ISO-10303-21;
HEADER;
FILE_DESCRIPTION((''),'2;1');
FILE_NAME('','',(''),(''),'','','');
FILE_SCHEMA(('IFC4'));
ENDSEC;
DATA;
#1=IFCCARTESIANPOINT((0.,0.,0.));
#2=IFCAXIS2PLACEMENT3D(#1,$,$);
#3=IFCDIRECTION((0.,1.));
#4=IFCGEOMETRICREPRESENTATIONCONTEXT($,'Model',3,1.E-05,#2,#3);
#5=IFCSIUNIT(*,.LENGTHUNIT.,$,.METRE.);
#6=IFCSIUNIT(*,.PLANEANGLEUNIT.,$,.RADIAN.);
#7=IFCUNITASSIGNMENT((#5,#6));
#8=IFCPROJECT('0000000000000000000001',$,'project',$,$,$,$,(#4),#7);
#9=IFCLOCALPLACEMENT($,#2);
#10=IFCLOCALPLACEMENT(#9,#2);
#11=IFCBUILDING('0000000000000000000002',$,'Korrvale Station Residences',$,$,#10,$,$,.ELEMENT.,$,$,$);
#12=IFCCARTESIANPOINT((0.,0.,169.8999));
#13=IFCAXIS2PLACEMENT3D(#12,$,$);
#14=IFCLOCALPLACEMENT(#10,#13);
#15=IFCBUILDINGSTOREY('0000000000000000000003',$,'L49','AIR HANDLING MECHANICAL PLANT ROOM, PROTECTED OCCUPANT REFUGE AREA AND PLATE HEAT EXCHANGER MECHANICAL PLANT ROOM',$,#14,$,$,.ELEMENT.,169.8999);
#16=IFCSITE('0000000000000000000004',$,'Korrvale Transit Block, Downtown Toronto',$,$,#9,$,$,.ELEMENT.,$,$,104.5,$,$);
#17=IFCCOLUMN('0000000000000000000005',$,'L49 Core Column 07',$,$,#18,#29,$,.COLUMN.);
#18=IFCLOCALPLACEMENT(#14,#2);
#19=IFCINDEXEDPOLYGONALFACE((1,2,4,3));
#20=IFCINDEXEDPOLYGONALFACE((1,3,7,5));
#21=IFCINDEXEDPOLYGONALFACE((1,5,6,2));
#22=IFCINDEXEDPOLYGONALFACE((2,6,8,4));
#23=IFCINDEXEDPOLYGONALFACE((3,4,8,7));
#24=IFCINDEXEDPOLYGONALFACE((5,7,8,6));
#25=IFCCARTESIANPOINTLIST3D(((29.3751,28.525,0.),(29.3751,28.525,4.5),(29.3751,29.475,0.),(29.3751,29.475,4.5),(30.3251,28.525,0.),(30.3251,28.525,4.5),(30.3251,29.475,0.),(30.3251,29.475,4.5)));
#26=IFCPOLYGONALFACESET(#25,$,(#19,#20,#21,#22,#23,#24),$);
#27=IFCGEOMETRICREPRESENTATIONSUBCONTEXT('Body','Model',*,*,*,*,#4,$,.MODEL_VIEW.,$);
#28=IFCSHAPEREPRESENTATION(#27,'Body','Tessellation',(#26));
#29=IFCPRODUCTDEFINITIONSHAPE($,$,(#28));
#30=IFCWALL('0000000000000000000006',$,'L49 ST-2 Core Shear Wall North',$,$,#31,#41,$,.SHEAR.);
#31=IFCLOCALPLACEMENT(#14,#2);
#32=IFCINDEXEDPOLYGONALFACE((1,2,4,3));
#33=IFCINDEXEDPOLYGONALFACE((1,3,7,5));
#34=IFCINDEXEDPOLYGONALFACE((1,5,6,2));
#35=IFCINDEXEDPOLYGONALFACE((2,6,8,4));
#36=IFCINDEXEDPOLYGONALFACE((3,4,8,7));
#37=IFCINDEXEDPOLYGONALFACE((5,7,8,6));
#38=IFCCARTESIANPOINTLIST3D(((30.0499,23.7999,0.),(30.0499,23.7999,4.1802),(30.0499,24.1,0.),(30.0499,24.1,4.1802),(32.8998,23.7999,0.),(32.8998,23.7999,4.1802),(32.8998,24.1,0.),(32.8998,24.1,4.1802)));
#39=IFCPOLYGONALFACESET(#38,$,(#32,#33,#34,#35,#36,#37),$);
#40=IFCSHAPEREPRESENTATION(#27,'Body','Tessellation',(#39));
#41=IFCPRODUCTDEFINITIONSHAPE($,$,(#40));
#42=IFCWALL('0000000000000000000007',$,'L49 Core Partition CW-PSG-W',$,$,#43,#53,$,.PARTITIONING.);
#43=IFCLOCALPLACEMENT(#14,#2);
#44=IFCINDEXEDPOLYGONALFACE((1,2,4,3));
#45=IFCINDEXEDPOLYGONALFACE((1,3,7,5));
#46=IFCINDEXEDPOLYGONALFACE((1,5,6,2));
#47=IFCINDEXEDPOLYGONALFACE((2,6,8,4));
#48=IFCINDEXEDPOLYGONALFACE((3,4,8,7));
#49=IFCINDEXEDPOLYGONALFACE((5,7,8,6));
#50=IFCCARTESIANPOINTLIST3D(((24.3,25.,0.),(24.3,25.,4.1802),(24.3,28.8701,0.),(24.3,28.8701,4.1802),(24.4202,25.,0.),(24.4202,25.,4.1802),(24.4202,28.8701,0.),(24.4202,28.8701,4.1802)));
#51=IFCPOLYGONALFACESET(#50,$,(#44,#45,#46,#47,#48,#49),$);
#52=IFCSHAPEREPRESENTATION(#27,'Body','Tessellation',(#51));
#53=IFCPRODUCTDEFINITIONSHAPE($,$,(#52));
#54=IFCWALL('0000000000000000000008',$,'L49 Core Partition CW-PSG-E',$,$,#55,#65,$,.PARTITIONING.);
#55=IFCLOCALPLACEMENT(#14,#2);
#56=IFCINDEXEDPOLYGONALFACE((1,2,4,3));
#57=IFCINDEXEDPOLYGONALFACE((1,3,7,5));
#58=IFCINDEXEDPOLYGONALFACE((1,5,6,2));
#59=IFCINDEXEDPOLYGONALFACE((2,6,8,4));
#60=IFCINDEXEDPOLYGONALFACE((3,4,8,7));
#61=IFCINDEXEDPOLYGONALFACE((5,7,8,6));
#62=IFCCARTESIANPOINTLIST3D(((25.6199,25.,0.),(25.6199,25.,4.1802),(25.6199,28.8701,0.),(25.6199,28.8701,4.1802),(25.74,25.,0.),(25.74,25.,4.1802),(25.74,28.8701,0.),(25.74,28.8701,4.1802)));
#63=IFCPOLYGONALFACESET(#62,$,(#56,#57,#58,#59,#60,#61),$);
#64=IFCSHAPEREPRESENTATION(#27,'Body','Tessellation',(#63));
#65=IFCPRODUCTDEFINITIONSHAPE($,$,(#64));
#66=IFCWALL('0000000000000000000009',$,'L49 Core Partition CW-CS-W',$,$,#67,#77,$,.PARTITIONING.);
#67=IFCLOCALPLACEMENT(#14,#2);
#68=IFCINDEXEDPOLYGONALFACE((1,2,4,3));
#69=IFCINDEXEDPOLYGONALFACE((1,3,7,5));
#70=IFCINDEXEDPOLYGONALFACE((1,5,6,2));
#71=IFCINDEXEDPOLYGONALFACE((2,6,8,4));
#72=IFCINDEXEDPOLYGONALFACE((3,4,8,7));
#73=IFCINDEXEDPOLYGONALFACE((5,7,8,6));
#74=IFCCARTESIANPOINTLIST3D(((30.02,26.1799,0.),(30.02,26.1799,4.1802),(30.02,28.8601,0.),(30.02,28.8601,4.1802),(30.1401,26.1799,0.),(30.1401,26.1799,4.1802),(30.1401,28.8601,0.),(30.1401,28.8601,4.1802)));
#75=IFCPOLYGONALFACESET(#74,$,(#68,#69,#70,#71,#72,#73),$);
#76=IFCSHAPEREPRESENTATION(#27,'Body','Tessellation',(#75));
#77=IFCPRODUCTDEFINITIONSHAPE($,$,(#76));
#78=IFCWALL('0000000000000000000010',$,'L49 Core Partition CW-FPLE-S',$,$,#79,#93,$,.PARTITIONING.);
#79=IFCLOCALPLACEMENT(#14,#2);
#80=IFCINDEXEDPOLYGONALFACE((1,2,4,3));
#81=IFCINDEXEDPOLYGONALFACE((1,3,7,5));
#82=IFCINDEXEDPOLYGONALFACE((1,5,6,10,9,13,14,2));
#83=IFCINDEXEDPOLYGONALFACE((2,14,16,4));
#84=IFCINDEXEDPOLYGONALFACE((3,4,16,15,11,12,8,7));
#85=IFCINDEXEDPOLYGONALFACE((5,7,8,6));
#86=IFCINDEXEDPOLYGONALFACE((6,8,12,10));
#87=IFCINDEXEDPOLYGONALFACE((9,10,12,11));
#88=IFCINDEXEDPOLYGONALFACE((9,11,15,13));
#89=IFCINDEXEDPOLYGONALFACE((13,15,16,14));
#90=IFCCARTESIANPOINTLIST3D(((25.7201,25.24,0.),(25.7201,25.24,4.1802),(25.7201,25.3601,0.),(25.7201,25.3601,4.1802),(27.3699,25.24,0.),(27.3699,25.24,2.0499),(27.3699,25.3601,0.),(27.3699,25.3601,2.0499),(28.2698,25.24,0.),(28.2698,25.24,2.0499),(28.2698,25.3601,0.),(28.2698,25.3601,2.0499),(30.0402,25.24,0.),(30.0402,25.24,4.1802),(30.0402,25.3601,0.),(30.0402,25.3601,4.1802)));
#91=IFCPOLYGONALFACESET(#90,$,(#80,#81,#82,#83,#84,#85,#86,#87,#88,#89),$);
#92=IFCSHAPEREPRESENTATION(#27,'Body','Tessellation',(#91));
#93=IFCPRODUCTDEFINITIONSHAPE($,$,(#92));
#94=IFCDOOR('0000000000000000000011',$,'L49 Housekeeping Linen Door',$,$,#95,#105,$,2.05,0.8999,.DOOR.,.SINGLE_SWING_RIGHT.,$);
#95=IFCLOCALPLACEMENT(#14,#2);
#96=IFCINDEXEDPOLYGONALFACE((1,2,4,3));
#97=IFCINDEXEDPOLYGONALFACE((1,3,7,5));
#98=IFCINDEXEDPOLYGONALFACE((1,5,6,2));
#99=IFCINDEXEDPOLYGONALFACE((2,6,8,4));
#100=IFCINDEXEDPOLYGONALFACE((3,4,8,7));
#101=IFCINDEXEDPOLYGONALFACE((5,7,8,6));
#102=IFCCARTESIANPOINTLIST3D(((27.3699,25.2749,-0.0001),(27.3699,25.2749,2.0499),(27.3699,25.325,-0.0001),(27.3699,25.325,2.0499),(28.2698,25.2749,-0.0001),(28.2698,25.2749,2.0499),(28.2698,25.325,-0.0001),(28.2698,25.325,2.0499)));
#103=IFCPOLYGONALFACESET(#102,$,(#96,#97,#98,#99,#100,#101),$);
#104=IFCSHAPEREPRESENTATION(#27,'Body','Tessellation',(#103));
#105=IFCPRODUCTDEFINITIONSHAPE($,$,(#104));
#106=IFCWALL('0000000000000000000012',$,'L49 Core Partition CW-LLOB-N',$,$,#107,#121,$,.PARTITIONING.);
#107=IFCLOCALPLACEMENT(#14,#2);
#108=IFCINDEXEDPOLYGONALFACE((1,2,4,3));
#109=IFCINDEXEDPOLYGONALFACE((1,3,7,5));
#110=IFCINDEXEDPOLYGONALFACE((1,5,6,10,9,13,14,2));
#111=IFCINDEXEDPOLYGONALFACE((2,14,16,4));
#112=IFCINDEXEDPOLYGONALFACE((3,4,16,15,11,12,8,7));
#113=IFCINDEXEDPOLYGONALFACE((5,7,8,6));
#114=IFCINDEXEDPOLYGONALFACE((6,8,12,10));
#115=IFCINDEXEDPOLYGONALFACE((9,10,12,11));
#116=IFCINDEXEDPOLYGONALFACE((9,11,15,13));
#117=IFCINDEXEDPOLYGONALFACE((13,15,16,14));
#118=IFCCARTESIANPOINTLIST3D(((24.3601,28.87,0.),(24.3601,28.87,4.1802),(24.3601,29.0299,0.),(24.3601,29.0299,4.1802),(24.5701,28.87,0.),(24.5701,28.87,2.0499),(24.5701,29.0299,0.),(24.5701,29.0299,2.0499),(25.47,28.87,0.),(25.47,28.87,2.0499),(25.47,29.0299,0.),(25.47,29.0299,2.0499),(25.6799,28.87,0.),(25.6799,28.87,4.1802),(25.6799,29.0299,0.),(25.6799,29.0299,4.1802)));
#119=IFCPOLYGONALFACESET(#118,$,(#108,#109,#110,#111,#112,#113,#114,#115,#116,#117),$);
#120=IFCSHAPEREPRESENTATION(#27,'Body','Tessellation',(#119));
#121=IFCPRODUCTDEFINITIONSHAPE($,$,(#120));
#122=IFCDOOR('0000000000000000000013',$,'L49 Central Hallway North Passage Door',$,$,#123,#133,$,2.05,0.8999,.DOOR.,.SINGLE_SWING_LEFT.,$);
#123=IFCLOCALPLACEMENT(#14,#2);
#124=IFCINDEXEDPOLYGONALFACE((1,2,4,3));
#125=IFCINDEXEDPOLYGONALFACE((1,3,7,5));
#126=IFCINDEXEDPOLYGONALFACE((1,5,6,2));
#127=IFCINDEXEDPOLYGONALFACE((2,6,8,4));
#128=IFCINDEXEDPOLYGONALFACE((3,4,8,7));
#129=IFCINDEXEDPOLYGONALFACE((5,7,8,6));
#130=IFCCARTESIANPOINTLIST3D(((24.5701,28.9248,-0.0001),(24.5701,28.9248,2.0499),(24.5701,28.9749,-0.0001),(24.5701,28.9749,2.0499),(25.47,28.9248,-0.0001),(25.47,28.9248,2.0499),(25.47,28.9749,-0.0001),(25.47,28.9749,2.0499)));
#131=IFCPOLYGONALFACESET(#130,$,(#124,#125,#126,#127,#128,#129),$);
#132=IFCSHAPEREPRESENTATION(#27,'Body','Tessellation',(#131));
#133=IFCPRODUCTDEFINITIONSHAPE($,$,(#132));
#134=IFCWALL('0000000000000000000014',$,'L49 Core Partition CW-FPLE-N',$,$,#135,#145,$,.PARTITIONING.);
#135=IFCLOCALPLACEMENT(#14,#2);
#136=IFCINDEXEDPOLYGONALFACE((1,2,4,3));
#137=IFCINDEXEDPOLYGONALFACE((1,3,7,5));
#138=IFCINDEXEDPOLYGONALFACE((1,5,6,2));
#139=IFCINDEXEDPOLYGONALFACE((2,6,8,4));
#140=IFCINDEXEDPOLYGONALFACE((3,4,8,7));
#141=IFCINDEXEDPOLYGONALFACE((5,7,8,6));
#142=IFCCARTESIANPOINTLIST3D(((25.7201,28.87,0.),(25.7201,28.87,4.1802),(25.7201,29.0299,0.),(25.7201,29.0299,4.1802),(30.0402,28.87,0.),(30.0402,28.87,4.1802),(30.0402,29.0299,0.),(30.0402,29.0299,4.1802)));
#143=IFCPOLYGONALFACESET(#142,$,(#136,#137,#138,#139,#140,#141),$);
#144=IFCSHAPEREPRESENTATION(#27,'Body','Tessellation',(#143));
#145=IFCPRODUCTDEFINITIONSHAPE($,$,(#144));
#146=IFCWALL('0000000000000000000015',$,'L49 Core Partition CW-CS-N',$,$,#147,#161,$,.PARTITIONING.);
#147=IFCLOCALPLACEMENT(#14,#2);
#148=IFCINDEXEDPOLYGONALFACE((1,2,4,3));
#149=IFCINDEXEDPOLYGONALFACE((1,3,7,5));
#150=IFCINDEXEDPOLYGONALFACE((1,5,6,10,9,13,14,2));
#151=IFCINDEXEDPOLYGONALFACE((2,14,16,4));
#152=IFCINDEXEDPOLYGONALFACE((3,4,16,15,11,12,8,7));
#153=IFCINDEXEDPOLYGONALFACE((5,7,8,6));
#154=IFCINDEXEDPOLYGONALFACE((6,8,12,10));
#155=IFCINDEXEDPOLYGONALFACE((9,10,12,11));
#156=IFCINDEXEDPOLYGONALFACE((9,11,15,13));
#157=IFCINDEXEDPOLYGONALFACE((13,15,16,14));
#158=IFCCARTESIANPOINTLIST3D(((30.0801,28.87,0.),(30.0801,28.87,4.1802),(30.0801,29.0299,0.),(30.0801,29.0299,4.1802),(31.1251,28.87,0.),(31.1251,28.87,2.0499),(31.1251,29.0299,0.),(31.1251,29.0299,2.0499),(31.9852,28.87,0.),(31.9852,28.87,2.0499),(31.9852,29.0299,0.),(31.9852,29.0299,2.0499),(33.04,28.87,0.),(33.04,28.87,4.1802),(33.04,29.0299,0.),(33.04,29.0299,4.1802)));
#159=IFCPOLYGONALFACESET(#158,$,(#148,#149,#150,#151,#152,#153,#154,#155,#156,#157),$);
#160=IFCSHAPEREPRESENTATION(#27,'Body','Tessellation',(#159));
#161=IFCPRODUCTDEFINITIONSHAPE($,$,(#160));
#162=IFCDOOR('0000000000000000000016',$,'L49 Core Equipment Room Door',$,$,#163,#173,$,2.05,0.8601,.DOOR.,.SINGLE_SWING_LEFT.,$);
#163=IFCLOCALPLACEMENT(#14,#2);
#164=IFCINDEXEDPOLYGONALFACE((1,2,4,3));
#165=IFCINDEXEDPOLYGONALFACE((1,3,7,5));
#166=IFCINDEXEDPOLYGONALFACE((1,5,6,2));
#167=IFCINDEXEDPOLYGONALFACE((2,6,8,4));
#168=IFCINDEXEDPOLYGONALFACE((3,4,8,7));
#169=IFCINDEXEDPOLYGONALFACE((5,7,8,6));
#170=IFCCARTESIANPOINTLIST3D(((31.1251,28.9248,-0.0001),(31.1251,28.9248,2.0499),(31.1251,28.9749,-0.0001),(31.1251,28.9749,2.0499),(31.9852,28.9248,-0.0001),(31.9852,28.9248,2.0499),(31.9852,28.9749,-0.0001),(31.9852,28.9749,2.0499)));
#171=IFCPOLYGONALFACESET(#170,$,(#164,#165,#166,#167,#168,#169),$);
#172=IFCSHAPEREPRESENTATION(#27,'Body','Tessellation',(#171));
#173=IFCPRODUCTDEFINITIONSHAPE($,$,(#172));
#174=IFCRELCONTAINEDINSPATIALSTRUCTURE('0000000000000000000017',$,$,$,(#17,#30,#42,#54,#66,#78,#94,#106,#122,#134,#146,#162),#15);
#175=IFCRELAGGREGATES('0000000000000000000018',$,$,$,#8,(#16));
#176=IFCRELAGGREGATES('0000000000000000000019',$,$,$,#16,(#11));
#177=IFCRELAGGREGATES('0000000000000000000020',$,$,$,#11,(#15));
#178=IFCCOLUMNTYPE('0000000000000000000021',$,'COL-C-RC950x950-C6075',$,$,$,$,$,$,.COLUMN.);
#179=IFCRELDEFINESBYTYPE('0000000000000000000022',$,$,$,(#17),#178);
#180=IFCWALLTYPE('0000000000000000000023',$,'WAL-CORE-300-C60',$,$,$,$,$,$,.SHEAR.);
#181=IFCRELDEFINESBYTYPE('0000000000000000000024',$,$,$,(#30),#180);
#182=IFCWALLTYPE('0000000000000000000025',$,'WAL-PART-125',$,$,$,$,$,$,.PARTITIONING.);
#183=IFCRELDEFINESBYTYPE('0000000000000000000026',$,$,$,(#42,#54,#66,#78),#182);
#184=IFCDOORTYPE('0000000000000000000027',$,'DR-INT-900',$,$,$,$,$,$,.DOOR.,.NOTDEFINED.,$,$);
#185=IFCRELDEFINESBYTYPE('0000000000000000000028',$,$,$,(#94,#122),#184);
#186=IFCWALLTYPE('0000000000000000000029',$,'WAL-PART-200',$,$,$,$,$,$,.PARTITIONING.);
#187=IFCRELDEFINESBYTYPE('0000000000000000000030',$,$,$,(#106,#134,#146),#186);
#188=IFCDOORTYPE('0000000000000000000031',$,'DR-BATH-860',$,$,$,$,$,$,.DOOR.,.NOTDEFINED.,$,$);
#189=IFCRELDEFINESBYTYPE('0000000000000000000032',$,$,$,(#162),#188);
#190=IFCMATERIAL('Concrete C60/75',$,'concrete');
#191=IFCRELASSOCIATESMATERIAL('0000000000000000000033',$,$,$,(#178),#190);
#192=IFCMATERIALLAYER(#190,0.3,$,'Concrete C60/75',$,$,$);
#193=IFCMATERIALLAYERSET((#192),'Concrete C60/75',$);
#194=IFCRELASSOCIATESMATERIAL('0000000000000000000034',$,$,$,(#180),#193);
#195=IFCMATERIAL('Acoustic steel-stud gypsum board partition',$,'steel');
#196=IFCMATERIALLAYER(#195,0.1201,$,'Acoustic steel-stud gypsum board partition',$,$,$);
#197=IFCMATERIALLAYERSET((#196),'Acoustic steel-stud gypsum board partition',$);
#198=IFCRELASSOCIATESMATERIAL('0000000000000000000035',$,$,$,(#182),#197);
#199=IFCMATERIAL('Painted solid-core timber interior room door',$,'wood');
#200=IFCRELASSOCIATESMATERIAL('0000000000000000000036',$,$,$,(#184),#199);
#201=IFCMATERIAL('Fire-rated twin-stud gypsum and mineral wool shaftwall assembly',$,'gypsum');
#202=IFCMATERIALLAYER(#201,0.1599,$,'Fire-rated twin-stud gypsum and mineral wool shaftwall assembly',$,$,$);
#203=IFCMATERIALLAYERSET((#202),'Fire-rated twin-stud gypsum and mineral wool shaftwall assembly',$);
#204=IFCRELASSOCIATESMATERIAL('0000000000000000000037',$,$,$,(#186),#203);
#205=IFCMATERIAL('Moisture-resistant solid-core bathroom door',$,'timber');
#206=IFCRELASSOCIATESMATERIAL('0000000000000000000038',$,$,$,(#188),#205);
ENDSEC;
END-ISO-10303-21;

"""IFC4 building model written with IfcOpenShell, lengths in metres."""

from ifc_helpers import new_model, si_unit, direction, frame, frame_2d, origin, origin_2d, place, context, subcontext, project, spatial, rectangle, extrude, material, layer, layer_set, material_profile, profile_set, type_object, element, fill, save


model = new_model("IFC4")

# Units and contexts
model_context = context("Model", 3, precision=1e-05, world=origin(), true_north=direction((0.0, 1.0)))
body_context = subcontext(model_context, "Body", "Model", "MODEL_VIEW")
ifc_project = project(units=[si_unit("LENGTHUNIT", "METRE"), si_unit("PLANEANGLEUNIT", "RADIAN")], contexts=[model_context])

# Site, building, storey
site_placement = place(None, origin())
site = spatial("IfcSite", under=ifc_project, at=site_placement, Name="Korrvale Transit Block, Downtown Toronto", CompositionType="ELEMENT", RefElevation=104.5)
building_placement = place(site_placement, origin())
building = spatial("IfcBuilding", under=site, at=building_placement, Name="Korrvale Station Residences", CompositionType="ELEMENT")
storey_placement = place(building_placement, frame((0.0, 0.0, 169.8999)))
storey = spatial("IfcBuildingStorey", under=building, at=storey_placement, Name="L49", Description="AIR HANDLING MECHANICAL PLANT ROOM, PROTECTED OCCUPANT REFUGE AREA AND PLATE HEAT EXCHANGER MECHANICAL PLANT ROOM", CompositionType="ELEMENT", Elevation=169.8999)

# Column
ifc_material_1 = material(Name="Concrete C60/75", Category="concrete")
ifc_material_profile = material_profile(ifc_material_1, rectangle(XDim=0.95, YDim=0.95, at=origin_2d()), Name="RC950x950")
ifc_profile_set = profile_set([ifc_material_profile], Name="Concrete C60/75")
column_type = type_object("IfcColumnType", Name="COL-C-RC950x950-C6075", PredefinedType="COLUMN", material=ifc_profile_set)
column_placement = place(storey_placement, frame((29.8501, 29.0, 0.0), z_axis=(0.0, 0.0, 1.0), x_axis=(1.0, 0.0, 0.0)))
element("IfcColumn", 1, at=column_placement, inside=storey, type_object=column_type, Name="L49 Core Column 07", PredefinedType="COLUMN", context=body_context, shape_type="SweptSolid", body=[
    extrude(rectangle(XDim=0.95, YDim=0.95, at=origin_2d()), origin(), (0.0, 0.0, 1.0), 4.5),
])

# Walls
ifc_layer_1 = layer(ifc_material_1, 0.3, Name="Concrete C60/75")
ifc_layer_set_1 = layer_set([ifc_layer_1], Name="Concrete C60/75")
wall_type_1 = type_object("IfcWallType", Name="WAL-CORE-300-C60", PredefinedType="SHEAR", material=ifc_layer_set_1)
wall_1_placement = place(storey_placement, frame((30.05, 23.95, 0.0), z_axis=(0.0, 0.0, 1.0), x_axis=(1.0, 0.0, 0.0)))
element("IfcWall", 2, at=wall_1_placement, inside=storey, type_object=wall_type_1, Name="L49 ST-2 Core Shear Wall North", PredefinedType="SHEAR", context=body_context, shape_type="SweptSolid", body=[
    extrude(rectangle(XDim=2.8499, YDim=0.3, at=frame_2d((1.4248, 0.0))), origin(), (0.0, 0.0, 1.0), 4.1802),
])
ifc_material_2 = material(Name="Acoustic steel-stud gypsum board partition", Category="steel")
ifc_layer_2 = layer(ifc_material_2, 0.1201, Name="Acoustic steel-stud gypsum board partition")
ifc_layer_set_2 = layer_set([ifc_layer_2], Name="Acoustic steel-stud gypsum board partition")
wall_type_2 = type_object("IfcWallType", Name="WAL-PART-125", PredefinedType="PARTITIONING", material=ifc_layer_set_2)
for number, where, z_axis, x_axis, name in (
    (3, (24.3601, 25.0, 0.0), (0.0, 0.0, 1.0), (0.0, 1.0, 0.0), "L49 Core Partition CW-PSG-W"),
    (4, (25.6799, 25.0, 0.0), (0.0, 0.0, 1.0), (0.0, 1.0, 0.0), "L49 Core Partition CW-PSG-E"),
):
    element("IfcWall", number, at=place(storey_placement, frame(where, z_axis=z_axis, x_axis=x_axis)), inside=storey, type_object=wall_type_2, Name=name, PredefinedType="PARTITIONING", context=body_context, shape_type="SweptSolid", body=[
        extrude(rectangle(XDim=3.8701, YDim=0.1201, at=frame_2d((1.9351, 0.0))), origin(), (0.0, 0.0, 1.0), 4.1802),
    ])
wall_2_placement = place(storey_placement, frame((30.0801, 26.1799, 0.0), z_axis=(0.0, 0.0, 1.0), x_axis=(0.0, 1.0, 0.0)))
element("IfcWall", 5, at=wall_2_placement, inside=storey, type_object=wall_type_2, Name="L49 Core Partition CW-CS-W", PredefinedType="PARTITIONING", context=body_context, shape_type="SweptSolid", body=[
    extrude(rectangle(XDim=2.6802, YDim=0.1201, at=frame_2d((1.3401, 0.0))), origin(), (0.0, 0.0, 1.0), 4.1802),
])

# Walls, openings, doors
wall_3_placement = place(storey_placement, frame((25.72, 25.3, 0.0), z_axis=(0.0, 0.0, 1.0), x_axis=(1.0, 0.0, 0.0)))
wall_3 = element("IfcWall", 6, at=wall_3_placement, inside=storey, type_object=wall_type_2, Name="L49 Core Partition CW-FPLE-S", PredefinedType="PARTITIONING", context=body_context, shape_type="SweptSolid", body=[
    extrude(rectangle(XDim=4.3201, YDim=0.1201, at=frame_2d((2.1602, 0.0))), origin(), (0.0, 0.0, 1.0), 4.1802),
])
opening_1_placement = place(wall_3_placement, frame((1.6499, 0.0, 0.0)))
opening_1 = element("IfcOpeningElement", 7, at=opening_1_placement, cuts=wall_3, PredefinedType="OPENING", context=body_context, shape_type="SweptSolid", body=[
    extrude(rectangle(XDim=0.8999, YDim=2.05, at=frame_2d((0.45, 1.0249))), frame((0.0, 0.0701, 0.0), z_axis=(0.0, -1.0, 0.0), x_axis=(1.0, 0.0, 0.0)), (0.0, 0.0, 1.0), 0.1401),
])
ifc_material_3 = material(Name="Painted solid-core timber interior room door", Category="wood")
door_type_1 = type_object("IfcDoorType", Name="DR-INT-900", OperationType="NOTDEFINED", PredefinedType="DOOR", material=ifc_material_3)
door_1_placement = place(opening_1_placement, origin())
door_1 = element("IfcDoor", 8, at=door_1_placement, inside=storey, type_object=door_type_1, Name="L49 Housekeeping Linen Door", OperationType="SINGLE_SWING_RIGHT", OverallHeight=2.05, OverallWidth=0.8999, PredefinedType="DOOR", context=body_context, shape_type="SweptSolid", body=[
    extrude(rectangle(XDim=0.8999, YDim=2.05, at=frame_2d((0.45, 1.0249))), frame((0.0, 0.0249, 0.0), z_axis=(0.0, -1.0, 0.0), x_axis=(1.0, 0.0, 0.0)), (0.0, 0.0, 1.0), 0.05),
])
fill(opening_1, door_1)
ifc_material_4 = material(Name="Fire-rated twin-stud gypsum and mineral wool shaftwall assembly", Category="gypsum")
ifc_layer_3 = layer(ifc_material_4, 0.1599, Name="Fire-rated twin-stud gypsum and mineral wool shaftwall assembly")
ifc_layer_set_3 = layer_set([ifc_layer_3], Name="Fire-rated twin-stud gypsum and mineral wool shaftwall assembly")
wall_type_3 = type_object("IfcWallType", Name="WAL-PART-200", PredefinedType="PARTITIONING", material=ifc_layer_set_3)
wall_4_placement = place(storey_placement, frame((24.3601, 28.95, 0.0), z_axis=(0.0, 0.0, 1.0), x_axis=(1.0, 0.0, 0.0)))
wall_4 = element("IfcWall", 9, at=wall_4_placement, inside=storey, type_object=wall_type_3, Name="L49 Core Partition CW-LLOB-N", PredefinedType="PARTITIONING", context=body_context, shape_type="SweptSolid", body=[
    extrude(rectangle(XDim=1.3198, YDim=0.1599, at=frame_2d((0.6599, 0.0))), origin(), (0.0, 0.0, 1.0), 4.1802),
])
opening_2_placement = place(wall_4_placement, frame((0.21, 0.0, 0.0)))
opening_2 = element("IfcOpeningElement", 10, at=opening_2_placement, cuts=wall_4, PredefinedType="OPENING", context=body_context, shape_type="SweptSolid", body=[
    extrude(rectangle(XDim=0.8999, YDim=2.05, at=frame_2d((0.45, 1.0249))), frame((0.0, 0.0898, 0.0), z_axis=(0.0, -1.0, 0.0), x_axis=(1.0, 0.0, 0.0)), (0.0, 0.0, 1.0), 0.1799),
])
door_2_placement = place(opening_2_placement, origin())
door_2 = element("IfcDoor", 11, at=door_2_placement, inside=storey, type_object=door_type_1, Name="L49 Central Hallway North Passage Door", OperationType="SINGLE_SWING_LEFT", OverallHeight=2.05, OverallWidth=0.8999, PredefinedType="DOOR", context=body_context, shape_type="SweptSolid", body=[
    extrude(rectangle(XDim=0.8999, YDim=2.05, at=frame_2d((0.45, 1.0249))), frame((0.0, 0.0249, 0.0), z_axis=(0.0, -1.0, 0.0), x_axis=(1.0, 0.0, 0.0)), (0.0, 0.0, 1.0), 0.05),
])
fill(opening_2, door_2)

# Wall
wall_5_placement = place(storey_placement, frame((25.72, 28.95, 0.0), z_axis=(0.0, 0.0, 1.0), x_axis=(1.0, 0.0, 0.0)))
element("IfcWall", 12, at=wall_5_placement, inside=storey, type_object=wall_type_3, Name="L49 Core Partition CW-FPLE-N", PredefinedType="PARTITIONING", context=body_context, shape_type="SweptSolid", body=[
    extrude(rectangle(XDim=4.3201, YDim=0.1599, at=frame_2d((2.1602, 0.0))), origin(), (0.0, 0.0, 1.0), 4.1802),
])

# Wall, opening, door
wall_6_placement = place(storey_placement, frame((30.0801, 28.95, 0.0), z_axis=(0.0, 0.0, 1.0), x_axis=(1.0, 0.0, 0.0)))
wall_6 = element("IfcWall", 13, at=wall_6_placement, inside=storey, type_object=wall_type_3, Name="L49 Core Partition CW-CS-N", PredefinedType="PARTITIONING", context=body_context, shape_type="SweptSolid", body=[
    extrude(rectangle(XDim=2.96, YDim=0.1599, at=frame_2d((1.48, 0.0))), origin(), (0.0, 0.0, 1.0), 4.1802),
])
opening_3_placement = place(wall_6_placement, frame((1.0449, 0.0, 0.0)))
opening_3 = element("IfcOpeningElement", 14, at=opening_3_placement, cuts=wall_6, PredefinedType="OPENING", context=body_context, shape_type="SweptSolid", body=[
    extrude(rectangle(XDim=0.8601, YDim=2.05, at=frame_2d((0.4302, 1.0249))), frame((0.0, 0.0898, 0.0), z_axis=(0.0, -1.0, 0.0), x_axis=(1.0, 0.0, 0.0)), (0.0, 0.0, 1.0), 0.1799),
])
ifc_material_5 = material(Name="Moisture-resistant solid-core bathroom door", Category="timber")
door_type_2 = type_object("IfcDoorType", Name="DR-BATH-860", OperationType="NOTDEFINED", PredefinedType="DOOR", material=ifc_material_5)
door_3_placement = place(opening_3_placement, origin())
door_3 = element("IfcDoor", 15, at=door_3_placement, inside=storey, type_object=door_type_2, Name="L49 Core Equipment Room Door", OperationType="SINGLE_SWING_LEFT", OverallHeight=2.05, OverallWidth=0.8601, PredefinedType="DOOR", context=body_context, shape_type="SweptSolid", body=[
    extrude(rectangle(XDim=0.8601, YDim=2.05, at=frame_2d((0.4302, 1.0249))), frame((0.0, 0.0249, 0.0), z_axis=(0.0, -1.0, 0.0), x_axis=(1.0, 0.0, 0.0)), (0.0, 0.0, 1.0), 0.05),
])
fill(opening_3, door_3)

save(model, "model.ifc")
